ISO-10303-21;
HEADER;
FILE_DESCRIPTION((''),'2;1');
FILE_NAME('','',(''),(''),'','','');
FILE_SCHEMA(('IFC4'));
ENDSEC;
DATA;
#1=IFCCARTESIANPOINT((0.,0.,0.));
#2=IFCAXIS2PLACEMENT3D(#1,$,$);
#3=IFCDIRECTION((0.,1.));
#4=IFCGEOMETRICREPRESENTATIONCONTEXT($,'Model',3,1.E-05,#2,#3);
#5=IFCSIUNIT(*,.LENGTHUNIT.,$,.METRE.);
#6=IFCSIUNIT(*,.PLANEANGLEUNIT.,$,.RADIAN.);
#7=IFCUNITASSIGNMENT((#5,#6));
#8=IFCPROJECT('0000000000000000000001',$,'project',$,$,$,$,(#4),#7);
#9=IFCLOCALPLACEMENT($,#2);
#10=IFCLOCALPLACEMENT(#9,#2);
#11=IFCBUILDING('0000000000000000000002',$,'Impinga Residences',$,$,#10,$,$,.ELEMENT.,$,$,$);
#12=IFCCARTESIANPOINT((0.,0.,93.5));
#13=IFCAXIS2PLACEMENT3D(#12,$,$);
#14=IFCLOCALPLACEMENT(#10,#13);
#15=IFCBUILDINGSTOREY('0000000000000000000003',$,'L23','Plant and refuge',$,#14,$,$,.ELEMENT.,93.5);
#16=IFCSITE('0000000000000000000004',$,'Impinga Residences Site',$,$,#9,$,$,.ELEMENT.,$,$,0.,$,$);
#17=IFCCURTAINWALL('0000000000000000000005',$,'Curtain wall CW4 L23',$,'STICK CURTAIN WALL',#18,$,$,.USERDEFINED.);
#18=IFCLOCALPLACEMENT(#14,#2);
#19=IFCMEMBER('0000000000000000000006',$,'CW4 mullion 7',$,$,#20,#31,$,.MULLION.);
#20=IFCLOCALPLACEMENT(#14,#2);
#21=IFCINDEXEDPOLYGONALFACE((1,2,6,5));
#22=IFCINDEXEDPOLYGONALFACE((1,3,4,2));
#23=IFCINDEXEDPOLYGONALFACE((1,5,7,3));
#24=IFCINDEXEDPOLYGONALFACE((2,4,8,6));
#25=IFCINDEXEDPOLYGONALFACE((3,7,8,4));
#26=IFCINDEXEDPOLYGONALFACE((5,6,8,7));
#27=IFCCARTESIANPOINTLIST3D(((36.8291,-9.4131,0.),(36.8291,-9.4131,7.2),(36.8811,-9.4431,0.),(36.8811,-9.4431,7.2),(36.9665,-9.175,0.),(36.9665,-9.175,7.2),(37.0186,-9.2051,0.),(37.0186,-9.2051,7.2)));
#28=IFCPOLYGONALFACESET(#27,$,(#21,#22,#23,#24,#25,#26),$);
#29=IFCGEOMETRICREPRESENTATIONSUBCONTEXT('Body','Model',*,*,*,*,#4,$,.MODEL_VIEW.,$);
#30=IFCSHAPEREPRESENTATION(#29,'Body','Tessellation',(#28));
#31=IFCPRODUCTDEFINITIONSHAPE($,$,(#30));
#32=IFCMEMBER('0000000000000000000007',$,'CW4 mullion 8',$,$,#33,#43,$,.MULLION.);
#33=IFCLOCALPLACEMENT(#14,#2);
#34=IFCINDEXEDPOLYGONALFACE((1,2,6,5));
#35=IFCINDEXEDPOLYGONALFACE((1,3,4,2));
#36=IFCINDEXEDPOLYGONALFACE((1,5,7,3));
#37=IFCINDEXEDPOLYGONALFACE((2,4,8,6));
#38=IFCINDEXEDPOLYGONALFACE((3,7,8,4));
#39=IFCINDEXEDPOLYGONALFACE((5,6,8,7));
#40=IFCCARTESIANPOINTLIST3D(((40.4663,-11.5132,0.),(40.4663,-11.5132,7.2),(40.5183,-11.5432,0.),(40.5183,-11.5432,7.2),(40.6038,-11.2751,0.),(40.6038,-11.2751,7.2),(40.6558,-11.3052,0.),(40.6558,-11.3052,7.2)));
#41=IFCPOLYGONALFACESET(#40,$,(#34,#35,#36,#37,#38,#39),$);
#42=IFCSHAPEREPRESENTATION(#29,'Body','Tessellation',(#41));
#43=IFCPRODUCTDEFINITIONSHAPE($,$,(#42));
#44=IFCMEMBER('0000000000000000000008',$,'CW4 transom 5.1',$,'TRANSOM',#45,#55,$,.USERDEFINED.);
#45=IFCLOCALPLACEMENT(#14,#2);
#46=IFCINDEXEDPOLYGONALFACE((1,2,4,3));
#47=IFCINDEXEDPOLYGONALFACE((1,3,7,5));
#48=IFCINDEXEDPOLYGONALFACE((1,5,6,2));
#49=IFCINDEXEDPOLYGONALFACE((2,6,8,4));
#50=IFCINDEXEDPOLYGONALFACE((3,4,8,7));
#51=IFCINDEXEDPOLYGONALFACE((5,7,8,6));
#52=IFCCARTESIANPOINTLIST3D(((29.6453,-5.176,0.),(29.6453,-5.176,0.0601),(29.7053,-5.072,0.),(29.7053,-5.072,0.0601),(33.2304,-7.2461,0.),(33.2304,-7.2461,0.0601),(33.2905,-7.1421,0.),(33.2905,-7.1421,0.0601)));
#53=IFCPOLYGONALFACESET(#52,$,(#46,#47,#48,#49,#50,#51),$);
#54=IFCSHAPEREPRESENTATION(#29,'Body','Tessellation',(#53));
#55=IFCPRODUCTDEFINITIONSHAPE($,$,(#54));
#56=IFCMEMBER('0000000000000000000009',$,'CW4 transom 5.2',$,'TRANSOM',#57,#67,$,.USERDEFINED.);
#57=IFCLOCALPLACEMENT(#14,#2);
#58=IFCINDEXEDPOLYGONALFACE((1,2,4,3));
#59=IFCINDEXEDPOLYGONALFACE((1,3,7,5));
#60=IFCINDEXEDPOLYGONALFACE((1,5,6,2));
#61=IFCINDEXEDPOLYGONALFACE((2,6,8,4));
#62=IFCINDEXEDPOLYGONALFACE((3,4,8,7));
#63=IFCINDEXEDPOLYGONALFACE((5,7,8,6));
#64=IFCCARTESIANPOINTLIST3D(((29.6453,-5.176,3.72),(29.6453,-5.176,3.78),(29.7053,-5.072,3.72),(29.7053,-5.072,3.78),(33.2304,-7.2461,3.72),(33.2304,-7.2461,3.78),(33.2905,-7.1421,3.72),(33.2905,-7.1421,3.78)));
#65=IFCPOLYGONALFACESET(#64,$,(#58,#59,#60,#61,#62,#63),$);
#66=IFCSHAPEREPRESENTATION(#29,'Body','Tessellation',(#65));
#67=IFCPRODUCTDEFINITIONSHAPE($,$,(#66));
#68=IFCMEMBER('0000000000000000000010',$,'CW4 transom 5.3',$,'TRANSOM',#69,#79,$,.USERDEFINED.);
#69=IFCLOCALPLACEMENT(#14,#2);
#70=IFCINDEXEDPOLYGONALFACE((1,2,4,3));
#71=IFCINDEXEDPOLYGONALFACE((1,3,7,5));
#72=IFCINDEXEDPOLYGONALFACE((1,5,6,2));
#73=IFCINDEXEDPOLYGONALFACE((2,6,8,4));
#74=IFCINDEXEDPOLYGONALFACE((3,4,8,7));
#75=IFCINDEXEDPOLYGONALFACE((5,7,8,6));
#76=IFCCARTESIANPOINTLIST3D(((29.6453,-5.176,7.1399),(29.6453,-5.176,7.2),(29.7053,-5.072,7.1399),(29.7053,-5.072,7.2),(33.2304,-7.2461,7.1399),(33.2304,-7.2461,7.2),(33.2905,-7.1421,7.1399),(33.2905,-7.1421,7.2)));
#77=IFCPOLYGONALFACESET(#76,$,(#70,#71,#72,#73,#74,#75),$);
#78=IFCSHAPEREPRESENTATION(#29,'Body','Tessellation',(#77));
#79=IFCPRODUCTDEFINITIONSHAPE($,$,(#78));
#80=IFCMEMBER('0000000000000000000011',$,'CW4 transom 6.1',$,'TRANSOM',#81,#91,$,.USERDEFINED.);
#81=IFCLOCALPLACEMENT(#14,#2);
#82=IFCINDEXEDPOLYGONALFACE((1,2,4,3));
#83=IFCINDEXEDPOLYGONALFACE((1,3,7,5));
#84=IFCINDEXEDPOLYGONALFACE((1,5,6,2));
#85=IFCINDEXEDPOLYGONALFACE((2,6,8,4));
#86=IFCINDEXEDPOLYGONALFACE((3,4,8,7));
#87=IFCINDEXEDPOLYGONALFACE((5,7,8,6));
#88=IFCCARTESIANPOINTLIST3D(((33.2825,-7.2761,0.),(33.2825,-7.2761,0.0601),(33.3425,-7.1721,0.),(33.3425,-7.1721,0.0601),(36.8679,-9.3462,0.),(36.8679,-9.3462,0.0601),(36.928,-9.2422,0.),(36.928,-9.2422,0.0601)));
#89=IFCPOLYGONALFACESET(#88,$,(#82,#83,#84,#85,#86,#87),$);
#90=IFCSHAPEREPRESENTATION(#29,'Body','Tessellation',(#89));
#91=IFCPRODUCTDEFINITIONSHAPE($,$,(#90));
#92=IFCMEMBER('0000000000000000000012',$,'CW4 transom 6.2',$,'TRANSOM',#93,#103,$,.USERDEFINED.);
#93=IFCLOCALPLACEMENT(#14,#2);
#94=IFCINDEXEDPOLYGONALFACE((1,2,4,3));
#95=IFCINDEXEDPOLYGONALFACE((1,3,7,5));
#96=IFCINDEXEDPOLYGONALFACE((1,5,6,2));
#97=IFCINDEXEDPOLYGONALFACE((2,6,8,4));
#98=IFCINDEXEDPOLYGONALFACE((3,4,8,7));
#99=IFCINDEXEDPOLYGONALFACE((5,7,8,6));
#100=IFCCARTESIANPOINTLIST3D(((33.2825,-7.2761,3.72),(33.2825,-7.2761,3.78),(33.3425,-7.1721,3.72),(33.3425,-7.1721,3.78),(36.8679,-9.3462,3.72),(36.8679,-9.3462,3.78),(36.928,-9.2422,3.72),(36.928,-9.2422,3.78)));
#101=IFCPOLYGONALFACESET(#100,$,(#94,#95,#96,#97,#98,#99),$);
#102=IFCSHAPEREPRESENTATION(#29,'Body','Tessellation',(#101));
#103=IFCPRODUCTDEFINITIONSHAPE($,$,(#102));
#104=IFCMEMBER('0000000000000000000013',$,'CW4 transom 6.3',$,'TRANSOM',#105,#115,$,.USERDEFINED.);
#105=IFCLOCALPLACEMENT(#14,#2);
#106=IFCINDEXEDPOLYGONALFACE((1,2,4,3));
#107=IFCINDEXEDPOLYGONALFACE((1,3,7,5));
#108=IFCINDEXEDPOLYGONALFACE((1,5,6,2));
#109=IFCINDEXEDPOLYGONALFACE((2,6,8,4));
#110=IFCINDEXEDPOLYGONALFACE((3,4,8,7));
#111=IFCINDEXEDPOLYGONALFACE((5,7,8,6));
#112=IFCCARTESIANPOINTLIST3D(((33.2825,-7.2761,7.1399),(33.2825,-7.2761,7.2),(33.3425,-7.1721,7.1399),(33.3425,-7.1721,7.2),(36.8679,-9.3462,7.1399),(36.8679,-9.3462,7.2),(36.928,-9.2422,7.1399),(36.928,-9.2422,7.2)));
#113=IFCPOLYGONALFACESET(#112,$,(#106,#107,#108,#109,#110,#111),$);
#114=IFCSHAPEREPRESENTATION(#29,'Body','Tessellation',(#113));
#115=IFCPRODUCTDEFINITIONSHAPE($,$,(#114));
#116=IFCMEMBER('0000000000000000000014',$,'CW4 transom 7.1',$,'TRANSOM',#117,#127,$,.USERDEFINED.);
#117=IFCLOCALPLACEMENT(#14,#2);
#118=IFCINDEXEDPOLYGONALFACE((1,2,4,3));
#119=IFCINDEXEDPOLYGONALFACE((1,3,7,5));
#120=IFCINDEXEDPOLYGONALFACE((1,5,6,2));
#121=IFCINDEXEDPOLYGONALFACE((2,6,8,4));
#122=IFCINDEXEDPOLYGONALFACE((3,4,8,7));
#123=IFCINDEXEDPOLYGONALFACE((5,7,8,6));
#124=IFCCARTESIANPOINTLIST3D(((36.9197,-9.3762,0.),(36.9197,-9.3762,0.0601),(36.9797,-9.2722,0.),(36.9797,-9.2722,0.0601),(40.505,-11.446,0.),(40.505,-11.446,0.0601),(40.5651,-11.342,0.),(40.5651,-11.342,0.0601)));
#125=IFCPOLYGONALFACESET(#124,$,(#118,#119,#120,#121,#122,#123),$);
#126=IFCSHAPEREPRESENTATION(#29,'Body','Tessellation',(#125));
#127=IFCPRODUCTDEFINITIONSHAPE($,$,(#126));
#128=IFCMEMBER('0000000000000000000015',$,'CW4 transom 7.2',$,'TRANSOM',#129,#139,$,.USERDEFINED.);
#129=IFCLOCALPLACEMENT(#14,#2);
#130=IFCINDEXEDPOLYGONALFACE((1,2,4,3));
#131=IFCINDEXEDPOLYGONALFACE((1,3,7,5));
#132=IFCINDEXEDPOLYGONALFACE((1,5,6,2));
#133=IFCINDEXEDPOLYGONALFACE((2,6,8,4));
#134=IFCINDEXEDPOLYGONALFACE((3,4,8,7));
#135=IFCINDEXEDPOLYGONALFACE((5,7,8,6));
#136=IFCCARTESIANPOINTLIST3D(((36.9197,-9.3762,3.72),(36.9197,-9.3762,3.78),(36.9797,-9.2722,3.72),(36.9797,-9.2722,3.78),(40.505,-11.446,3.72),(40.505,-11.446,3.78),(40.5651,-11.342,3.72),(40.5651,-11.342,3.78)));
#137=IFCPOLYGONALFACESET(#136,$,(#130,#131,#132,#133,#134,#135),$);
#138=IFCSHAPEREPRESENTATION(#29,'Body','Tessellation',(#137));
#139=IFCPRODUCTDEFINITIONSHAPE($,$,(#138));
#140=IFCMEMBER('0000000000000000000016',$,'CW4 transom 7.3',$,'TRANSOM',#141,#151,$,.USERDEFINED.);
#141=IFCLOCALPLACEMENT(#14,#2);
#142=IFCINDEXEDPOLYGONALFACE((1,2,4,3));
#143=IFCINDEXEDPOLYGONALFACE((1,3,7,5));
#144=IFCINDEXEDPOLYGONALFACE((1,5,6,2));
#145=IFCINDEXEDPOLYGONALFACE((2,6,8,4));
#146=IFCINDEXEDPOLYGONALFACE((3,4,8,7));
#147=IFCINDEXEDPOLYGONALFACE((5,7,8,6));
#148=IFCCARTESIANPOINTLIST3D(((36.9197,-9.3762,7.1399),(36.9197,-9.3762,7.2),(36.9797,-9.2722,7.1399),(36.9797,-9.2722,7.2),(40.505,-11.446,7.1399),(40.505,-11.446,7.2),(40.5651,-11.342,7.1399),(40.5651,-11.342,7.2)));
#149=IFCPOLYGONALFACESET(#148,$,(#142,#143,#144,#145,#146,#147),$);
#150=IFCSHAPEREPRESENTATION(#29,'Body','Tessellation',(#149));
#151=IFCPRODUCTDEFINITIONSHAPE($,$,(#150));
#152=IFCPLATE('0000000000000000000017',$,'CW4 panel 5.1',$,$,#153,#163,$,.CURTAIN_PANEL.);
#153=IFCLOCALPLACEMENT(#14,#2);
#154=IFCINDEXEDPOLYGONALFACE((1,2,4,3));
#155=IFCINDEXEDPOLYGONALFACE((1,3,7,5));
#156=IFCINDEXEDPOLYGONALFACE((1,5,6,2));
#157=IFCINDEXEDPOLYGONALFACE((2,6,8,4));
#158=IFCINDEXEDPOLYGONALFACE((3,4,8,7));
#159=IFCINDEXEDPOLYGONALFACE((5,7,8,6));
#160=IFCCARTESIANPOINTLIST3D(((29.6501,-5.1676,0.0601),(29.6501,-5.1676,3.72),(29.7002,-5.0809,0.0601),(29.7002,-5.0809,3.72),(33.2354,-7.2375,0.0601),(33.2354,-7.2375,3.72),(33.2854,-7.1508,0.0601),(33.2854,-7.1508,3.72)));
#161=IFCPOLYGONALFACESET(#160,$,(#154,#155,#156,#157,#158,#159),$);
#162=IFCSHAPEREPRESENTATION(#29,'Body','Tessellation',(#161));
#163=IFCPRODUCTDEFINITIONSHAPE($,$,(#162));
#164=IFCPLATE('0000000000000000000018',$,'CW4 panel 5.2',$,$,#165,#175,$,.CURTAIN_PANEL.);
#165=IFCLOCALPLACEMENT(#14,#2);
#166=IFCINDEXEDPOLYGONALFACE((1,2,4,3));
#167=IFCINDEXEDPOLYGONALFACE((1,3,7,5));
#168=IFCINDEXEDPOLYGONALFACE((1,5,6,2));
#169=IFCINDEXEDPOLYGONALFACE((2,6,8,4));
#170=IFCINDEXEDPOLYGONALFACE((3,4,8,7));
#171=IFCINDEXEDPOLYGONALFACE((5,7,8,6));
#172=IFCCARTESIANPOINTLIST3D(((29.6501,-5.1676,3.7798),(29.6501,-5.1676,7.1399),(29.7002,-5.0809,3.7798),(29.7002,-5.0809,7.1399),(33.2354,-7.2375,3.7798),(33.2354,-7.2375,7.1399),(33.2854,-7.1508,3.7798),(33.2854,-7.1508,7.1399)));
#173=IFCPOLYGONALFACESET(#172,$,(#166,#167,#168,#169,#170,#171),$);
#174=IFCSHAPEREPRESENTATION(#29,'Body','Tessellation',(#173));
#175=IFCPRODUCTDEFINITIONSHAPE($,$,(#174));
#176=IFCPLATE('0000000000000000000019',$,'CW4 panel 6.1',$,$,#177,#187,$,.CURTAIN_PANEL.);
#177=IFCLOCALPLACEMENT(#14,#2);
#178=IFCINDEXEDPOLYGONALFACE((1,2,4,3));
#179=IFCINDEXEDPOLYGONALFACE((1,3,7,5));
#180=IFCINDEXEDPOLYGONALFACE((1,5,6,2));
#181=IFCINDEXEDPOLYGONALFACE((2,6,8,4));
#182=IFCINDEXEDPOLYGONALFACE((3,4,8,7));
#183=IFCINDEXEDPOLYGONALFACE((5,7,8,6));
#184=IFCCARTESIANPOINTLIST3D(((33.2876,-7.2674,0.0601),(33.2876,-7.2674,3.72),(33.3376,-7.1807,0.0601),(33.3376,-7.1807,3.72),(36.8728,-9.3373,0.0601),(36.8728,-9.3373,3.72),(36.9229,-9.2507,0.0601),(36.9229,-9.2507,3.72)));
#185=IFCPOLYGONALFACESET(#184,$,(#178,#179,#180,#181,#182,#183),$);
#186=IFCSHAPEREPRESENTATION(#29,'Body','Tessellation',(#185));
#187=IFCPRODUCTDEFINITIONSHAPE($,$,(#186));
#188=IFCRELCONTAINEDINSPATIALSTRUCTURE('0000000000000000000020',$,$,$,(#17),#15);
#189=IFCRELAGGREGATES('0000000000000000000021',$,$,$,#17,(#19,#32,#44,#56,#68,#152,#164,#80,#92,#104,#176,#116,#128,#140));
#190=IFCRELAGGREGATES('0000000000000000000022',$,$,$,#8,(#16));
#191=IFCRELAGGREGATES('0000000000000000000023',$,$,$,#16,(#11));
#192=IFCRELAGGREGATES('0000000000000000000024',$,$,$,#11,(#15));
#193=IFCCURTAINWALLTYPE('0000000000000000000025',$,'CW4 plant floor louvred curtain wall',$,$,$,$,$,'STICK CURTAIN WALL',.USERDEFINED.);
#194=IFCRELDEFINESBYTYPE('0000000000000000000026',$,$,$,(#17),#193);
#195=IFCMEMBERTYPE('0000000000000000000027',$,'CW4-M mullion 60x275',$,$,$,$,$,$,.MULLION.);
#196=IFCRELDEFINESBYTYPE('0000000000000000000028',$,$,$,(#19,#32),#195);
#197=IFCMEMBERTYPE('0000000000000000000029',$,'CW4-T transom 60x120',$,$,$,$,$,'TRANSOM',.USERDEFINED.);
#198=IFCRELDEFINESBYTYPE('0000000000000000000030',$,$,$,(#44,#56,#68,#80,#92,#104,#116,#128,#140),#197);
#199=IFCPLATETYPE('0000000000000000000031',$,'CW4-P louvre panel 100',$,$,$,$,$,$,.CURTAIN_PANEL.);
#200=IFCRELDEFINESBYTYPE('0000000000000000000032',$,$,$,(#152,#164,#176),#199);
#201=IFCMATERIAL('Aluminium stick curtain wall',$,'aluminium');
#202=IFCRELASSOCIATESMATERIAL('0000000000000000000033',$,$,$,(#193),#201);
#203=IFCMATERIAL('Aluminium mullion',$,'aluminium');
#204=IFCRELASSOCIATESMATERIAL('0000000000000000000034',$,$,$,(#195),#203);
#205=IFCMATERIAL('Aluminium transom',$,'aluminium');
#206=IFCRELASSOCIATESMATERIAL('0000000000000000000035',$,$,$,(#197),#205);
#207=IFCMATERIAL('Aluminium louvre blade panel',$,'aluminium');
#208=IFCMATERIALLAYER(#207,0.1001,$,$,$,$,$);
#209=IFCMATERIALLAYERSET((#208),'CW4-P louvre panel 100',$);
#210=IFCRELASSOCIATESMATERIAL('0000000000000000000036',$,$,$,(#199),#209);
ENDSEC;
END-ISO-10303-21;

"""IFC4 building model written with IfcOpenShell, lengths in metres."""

from ifc_helpers import new_model, si_unit, direction, frame, origin, origin_2d, place, context, subcontext, project, spatial, rectangle, extrude, material, layer, layer_set, material_profile, profile_set, type_object, element, aggregate, save


model = new_model("IFC4")

# Units and contexts
model_context = context("Model", 3, precision=1e-05, world=origin(), true_north=direction((0.0, 1.0)))
body_context = subcontext(model_context, "Body", "Model", "MODEL_VIEW")
ifc_project = project(units=[si_unit("LENGTHUNIT", "METRE"), si_unit("PLANEANGLEUNIT", "RADIAN")], contexts=[model_context])

# Site, building, storey
site_placement = place(None, origin())
site = spatial("IfcSite", under=ifc_project, at=site_placement, Name="Impinga Residences Site", CompositionType="ELEMENT", RefElevation=0.0)
building_placement = place(site_placement, origin())
building = spatial("IfcBuilding", under=site, at=building_placement, Name="Impinga Residences", CompositionType="ELEMENT")
storey_placement = place(building_placement, frame((0.0, 0.0, 93.5)))
storey = spatial("IfcBuildingStorey", under=building, at=storey_placement, Name="L23", Description="Plant and refuge", CompositionType="ELEMENT", Elevation=93.5)

# Curtain wall, members, plates
ifc_material_1 = material(Name="Aluminium stick curtain wall", Category="aluminium")
curtain_wall_type = type_object("IfcCurtainWallType", Name="CW4 plant floor louvred curtain wall", ElementType="STICK CURTAIN WALL", PredefinedType="USERDEFINED", material=ifc_material_1)
curtain_wall_placement = place(storey_placement, origin())
curtain_wall = element("IfcCurtainWall", 1, at=curtain_wall_placement, inside=storey, type_object=curtain_wall_type, Name="Curtain wall CW4 L23", ObjectType="STICK CURTAIN WALL", PredefinedType="USERDEFINED")
ifc_material_2 = material(Name="Aluminium mullion", Category="aluminium")
ifc_material_profile_1 = material_profile(ifc_material_2, rectangle(XDim=0.0601, YDim=0.2749, at=origin_2d()), Name="60x275 mullion")
ifc_profile_set_1 = profile_set([ifc_material_profile_1], Name="Aluminium mullion")
member_type_1 = type_object("IfcMemberType", Name="CW4-M mullion 60x275", PredefinedType="MULLION", material=ifc_profile_set_1)
member_1_placement = place(storey_placement, frame((36.9238, -9.3091, 0.0), z_axis=(0.0, 0.0, 1.0), x_axis=(0.866025, -0.5, 0.0)))
member_1 = element("IfcMember", 2, at=member_1_placement, type_object=member_type_1, Name="CW4 mullion 7", PredefinedType="MULLION", context=body_context, shape_type="SweptSolid", body=[
    extrude(rectangle(XDim=0.0601, YDim=0.2749, at=origin_2d()), origin(), (0.0, 0.0, 1.0), 7.2),
])
member_2_placement = place(storey_placement, frame((40.561, -11.4092, 0.0), z_axis=(0.0, 0.0, 1.0), x_axis=(0.866025, -0.5, 0.0)))
member_2 = element("IfcMember", 3, at=member_2_placement, type_object=member_type_1, Name="CW4 mullion 8", PredefinedType="MULLION", context=body_context, shape_type="SweptSolid", body=[
    extrude(rectangle(XDim=0.0601, YDim=0.2749, at=origin_2d()), origin(), (0.0, 0.0, 1.0), 7.2),
])
ifc_material_3 = material(Name="Aluminium transom", Category="aluminium")
ifc_material_profile_2 = material_profile(ifc_material_3, rectangle(XDim=0.0601, YDim=0.1201, at=origin_2d()), Name="60x120 transom")
ifc_profile_set_2 = profile_set([ifc_material_profile_2], Name="Aluminium transom")
member_type_2 = type_object("IfcMemberType", Name="CW4-T transom 60x120", ElementType="TRANSOM", PredefinedType="USERDEFINED", material=ifc_profile_set_2)
member_3_placement = place(storey_placement, frame((29.6753, -5.124, 0.03), z_axis=(0.86601, -0.500027, 0.0), x_axis=(0.0, 0.0, 1.0)))
member_3 = element("IfcMember", 4, at=member_3_placement, type_object=member_type_2, Name="CW4 transom 5.1", ObjectType="TRANSOM", PredefinedType="USERDEFINED", context=body_context, shape_type="SweptSolid", body=[
    extrude(rectangle(XDim=0.0601, YDim=0.1201, at=origin_2d()), origin(), (0.0, 0.0, 1.0), 4.1399),
])
member_4_placement = place(storey_placement, frame((29.6753, -5.124, 3.75), z_axis=(0.86601, -0.500027, 0.0), x_axis=(0.0, 0.0, 1.0)))
member_4 = element("IfcMember", 5, at=member_4_placement, type_object=member_type_2, Name="CW4 transom 5.2", ObjectType="TRANSOM", PredefinedType="USERDEFINED", context=body_context, shape_type="SweptSolid", body=[
    extrude(rectangle(XDim=0.0601, YDim=0.1201, at=origin_2d()), origin(), (0.0, 0.0, 1.0), 4.1399),
])
member_5_placement = place(storey_placement, frame((29.6753, -5.124, 7.1699), z_axis=(0.86601, -0.500027, 0.0), x_axis=(0.0, 0.0, 1.0)))
member_5 = element("IfcMember", 6, at=member_5_placement, type_object=member_type_2, Name="CW4 transom 5.3", ObjectType="TRANSOM", PredefinedType="USERDEFINED", context=body_context, shape_type="SweptSolid", body=[
    extrude(rectangle(XDim=0.0601, YDim=0.1201, at=origin_2d()), origin(), (0.0, 0.0, 1.0), 4.1399),
])
member_6_placement = place(storey_placement, frame((33.3125, -7.2241, 0.03), z_axis=(0.866025, -0.500002, 0.0), x_axis=(0.0, 0.0, 1.0)))
member_6 = element("IfcMember", 7, at=member_6_placement, type_object=member_type_2, Name="CW4 transom 6.1", ObjectType="TRANSOM", PredefinedType="USERDEFINED", context=body_context, shape_type="SweptSolid", body=[
    extrude(rectangle(XDim=0.0601, YDim=0.1201, at=origin_2d()), origin(), (0.0, 0.0, 1.0), 4.1401),
])
member_7_placement = place(storey_placement, frame((33.3125, -7.2241, 3.75), z_axis=(0.866025, -0.500002, 0.0), x_axis=(0.0, 0.0, 1.0)))
member_7 = element("IfcMember", 8, at=member_7_placement, type_object=member_type_2, Name="CW4 transom 6.2", ObjectType="TRANSOM", PredefinedType="USERDEFINED", context=body_context, shape_type="SweptSolid", body=[
    extrude(rectangle(XDim=0.0601, YDim=0.1201, at=origin_2d()), origin(), (0.0, 0.0, 1.0), 4.1401),
])
member_8_placement = place(storey_placement, frame((33.3125, -7.2241, 7.1699), z_axis=(0.866025, -0.500002, 0.0), x_axis=(0.0, 0.0, 1.0)))
member_8 = element("IfcMember", 9, at=member_8_placement, type_object=member_type_2, Name="CW4 transom 6.3", ObjectType="TRANSOM", PredefinedType="USERDEFINED", context=body_context, shape_type="SweptSolid", body=[
    extrude(rectangle(XDim=0.0601, YDim=0.1201, at=origin_2d()), origin(), (0.0, 0.0, 1.0), 4.1401),
])
member_9_placement = place(storey_placement, frame((36.9497, -9.3242, 0.03), z_axis=(0.86605, -0.499957, 0.0), x_axis=(0.0, 0.0, 1.0)))
member_9 = element("IfcMember", 10, at=member_9_placement, type_object=member_type_2, Name="CW4 transom 7.1", ObjectType="TRANSOM", PredefinedType="USERDEFINED", context=body_context, shape_type="SweptSolid", body=[
    extrude(rectangle(XDim=0.0601, YDim=0.1201, at=origin_2d()), origin(), (0.0, 0.0, 1.0), 4.1399),
])
member_10_placement = place(storey_placement, frame((36.9497, -9.3242, 3.75), z_axis=(0.86605, -0.499957, 0.0), x_axis=(0.0, 0.0, 1.0)))
member_10 = element("IfcMember", 11, at=member_10_placement, type_object=member_type_2, Name="CW4 transom 7.2", ObjectType="TRANSOM", PredefinedType="USERDEFINED", context=body_context, shape_type="SweptSolid", body=[
    extrude(rectangle(XDim=0.0601, YDim=0.1201, at=origin_2d()), origin(), (0.0, 0.0, 1.0), 4.1399),
])
member_11_placement = place(storey_placement, frame((36.9497, -9.3242, 7.1699), z_axis=(0.86605, -0.499957, 0.0), x_axis=(0.0, 0.0, 1.0)))
member_11 = element("IfcMember", 12, at=member_11_placement, type_object=member_type_2, Name="CW4 transom 7.3", ObjectType="TRANSOM", PredefinedType="USERDEFINED", context=body_context, shape_type="SweptSolid", body=[
    extrude(rectangle(XDim=0.0601, YDim=0.1201, at=origin_2d()), origin(), (0.0, 0.0, 1.0), 4.1399),
])
ifc_material_4 = material(Name="Aluminium louvre blade panel", Category="aluminium")
ifc_layer_1 = layer(ifc_material_4, 0.1001)
ifc_layer_set_1 = layer_set([ifc_layer_1], Name="CW4-P louvre panel 100")
plate_type = type_object("IfcPlateType", Name="CW4-P louvre panel 100", PredefinedType="CURTAIN_PANEL", material=ifc_layer_set_1)
plate_1_placement = place(storey_placement, frame((31.4678, -6.1592, 0.0601), z_axis=(0.0, 0.0, 1.0), x_axis=(0.866025, -0.5, 0.0)))
plate_1 = element("IfcPlate", 13, at=plate_1_placement, type_object=plate_type, Name="CW4 panel 5.1", PredefinedType="CURTAIN_PANEL", context=body_context, shape_type="SweptSolid", body=[
    extrude(rectangle(XDim=4.1399, YDim=0.1001, at=origin_2d()), origin(), (0.0, 0.0, 1.0), 3.6599),
])
plate_2_placement = place(storey_placement, frame((31.4678, -6.1592, 3.7798), z_axis=(0.0, 0.0, 1.0), x_axis=(0.866025, -0.5, 0.0)))
plate_2 = element("IfcPlate", 14, at=plate_2_placement, type_object=plate_type, Name="CW4 panel 5.2", PredefinedType="CURTAIN_PANEL", context=body_context, shape_type="SweptSolid", body=[
    extrude(rectangle(XDim=4.1399, YDim=0.1001, at=origin_2d()), origin(), (0.0, 0.0, 1.0), 3.3601),
])
plate_3_placement = place(storey_placement, frame((35.1052, -8.259, 0.0601), z_axis=(0.0, 0.0, 1.0), x_axis=(0.866025, -0.5, 0.0)))
plate_3 = element("IfcPlate", 15, at=plate_3_placement, type_object=plate_type, Name="CW4 panel 6.1", PredefinedType="CURTAIN_PANEL", context=body_context, shape_type="SweptSolid", body=[
    extrude(rectangle(XDim=4.1399, YDim=0.1001, at=origin_2d()), origin(), (0.0, 0.0, 1.0), 3.6599),
])
aggregate(curtain_wall, [member_1, member_2, member_3, member_4, member_5, plate_1, plate_2, member_6, member_7, member_8, plate_3, member_9, member_10, member_11])

save(model, "model.ifc")
